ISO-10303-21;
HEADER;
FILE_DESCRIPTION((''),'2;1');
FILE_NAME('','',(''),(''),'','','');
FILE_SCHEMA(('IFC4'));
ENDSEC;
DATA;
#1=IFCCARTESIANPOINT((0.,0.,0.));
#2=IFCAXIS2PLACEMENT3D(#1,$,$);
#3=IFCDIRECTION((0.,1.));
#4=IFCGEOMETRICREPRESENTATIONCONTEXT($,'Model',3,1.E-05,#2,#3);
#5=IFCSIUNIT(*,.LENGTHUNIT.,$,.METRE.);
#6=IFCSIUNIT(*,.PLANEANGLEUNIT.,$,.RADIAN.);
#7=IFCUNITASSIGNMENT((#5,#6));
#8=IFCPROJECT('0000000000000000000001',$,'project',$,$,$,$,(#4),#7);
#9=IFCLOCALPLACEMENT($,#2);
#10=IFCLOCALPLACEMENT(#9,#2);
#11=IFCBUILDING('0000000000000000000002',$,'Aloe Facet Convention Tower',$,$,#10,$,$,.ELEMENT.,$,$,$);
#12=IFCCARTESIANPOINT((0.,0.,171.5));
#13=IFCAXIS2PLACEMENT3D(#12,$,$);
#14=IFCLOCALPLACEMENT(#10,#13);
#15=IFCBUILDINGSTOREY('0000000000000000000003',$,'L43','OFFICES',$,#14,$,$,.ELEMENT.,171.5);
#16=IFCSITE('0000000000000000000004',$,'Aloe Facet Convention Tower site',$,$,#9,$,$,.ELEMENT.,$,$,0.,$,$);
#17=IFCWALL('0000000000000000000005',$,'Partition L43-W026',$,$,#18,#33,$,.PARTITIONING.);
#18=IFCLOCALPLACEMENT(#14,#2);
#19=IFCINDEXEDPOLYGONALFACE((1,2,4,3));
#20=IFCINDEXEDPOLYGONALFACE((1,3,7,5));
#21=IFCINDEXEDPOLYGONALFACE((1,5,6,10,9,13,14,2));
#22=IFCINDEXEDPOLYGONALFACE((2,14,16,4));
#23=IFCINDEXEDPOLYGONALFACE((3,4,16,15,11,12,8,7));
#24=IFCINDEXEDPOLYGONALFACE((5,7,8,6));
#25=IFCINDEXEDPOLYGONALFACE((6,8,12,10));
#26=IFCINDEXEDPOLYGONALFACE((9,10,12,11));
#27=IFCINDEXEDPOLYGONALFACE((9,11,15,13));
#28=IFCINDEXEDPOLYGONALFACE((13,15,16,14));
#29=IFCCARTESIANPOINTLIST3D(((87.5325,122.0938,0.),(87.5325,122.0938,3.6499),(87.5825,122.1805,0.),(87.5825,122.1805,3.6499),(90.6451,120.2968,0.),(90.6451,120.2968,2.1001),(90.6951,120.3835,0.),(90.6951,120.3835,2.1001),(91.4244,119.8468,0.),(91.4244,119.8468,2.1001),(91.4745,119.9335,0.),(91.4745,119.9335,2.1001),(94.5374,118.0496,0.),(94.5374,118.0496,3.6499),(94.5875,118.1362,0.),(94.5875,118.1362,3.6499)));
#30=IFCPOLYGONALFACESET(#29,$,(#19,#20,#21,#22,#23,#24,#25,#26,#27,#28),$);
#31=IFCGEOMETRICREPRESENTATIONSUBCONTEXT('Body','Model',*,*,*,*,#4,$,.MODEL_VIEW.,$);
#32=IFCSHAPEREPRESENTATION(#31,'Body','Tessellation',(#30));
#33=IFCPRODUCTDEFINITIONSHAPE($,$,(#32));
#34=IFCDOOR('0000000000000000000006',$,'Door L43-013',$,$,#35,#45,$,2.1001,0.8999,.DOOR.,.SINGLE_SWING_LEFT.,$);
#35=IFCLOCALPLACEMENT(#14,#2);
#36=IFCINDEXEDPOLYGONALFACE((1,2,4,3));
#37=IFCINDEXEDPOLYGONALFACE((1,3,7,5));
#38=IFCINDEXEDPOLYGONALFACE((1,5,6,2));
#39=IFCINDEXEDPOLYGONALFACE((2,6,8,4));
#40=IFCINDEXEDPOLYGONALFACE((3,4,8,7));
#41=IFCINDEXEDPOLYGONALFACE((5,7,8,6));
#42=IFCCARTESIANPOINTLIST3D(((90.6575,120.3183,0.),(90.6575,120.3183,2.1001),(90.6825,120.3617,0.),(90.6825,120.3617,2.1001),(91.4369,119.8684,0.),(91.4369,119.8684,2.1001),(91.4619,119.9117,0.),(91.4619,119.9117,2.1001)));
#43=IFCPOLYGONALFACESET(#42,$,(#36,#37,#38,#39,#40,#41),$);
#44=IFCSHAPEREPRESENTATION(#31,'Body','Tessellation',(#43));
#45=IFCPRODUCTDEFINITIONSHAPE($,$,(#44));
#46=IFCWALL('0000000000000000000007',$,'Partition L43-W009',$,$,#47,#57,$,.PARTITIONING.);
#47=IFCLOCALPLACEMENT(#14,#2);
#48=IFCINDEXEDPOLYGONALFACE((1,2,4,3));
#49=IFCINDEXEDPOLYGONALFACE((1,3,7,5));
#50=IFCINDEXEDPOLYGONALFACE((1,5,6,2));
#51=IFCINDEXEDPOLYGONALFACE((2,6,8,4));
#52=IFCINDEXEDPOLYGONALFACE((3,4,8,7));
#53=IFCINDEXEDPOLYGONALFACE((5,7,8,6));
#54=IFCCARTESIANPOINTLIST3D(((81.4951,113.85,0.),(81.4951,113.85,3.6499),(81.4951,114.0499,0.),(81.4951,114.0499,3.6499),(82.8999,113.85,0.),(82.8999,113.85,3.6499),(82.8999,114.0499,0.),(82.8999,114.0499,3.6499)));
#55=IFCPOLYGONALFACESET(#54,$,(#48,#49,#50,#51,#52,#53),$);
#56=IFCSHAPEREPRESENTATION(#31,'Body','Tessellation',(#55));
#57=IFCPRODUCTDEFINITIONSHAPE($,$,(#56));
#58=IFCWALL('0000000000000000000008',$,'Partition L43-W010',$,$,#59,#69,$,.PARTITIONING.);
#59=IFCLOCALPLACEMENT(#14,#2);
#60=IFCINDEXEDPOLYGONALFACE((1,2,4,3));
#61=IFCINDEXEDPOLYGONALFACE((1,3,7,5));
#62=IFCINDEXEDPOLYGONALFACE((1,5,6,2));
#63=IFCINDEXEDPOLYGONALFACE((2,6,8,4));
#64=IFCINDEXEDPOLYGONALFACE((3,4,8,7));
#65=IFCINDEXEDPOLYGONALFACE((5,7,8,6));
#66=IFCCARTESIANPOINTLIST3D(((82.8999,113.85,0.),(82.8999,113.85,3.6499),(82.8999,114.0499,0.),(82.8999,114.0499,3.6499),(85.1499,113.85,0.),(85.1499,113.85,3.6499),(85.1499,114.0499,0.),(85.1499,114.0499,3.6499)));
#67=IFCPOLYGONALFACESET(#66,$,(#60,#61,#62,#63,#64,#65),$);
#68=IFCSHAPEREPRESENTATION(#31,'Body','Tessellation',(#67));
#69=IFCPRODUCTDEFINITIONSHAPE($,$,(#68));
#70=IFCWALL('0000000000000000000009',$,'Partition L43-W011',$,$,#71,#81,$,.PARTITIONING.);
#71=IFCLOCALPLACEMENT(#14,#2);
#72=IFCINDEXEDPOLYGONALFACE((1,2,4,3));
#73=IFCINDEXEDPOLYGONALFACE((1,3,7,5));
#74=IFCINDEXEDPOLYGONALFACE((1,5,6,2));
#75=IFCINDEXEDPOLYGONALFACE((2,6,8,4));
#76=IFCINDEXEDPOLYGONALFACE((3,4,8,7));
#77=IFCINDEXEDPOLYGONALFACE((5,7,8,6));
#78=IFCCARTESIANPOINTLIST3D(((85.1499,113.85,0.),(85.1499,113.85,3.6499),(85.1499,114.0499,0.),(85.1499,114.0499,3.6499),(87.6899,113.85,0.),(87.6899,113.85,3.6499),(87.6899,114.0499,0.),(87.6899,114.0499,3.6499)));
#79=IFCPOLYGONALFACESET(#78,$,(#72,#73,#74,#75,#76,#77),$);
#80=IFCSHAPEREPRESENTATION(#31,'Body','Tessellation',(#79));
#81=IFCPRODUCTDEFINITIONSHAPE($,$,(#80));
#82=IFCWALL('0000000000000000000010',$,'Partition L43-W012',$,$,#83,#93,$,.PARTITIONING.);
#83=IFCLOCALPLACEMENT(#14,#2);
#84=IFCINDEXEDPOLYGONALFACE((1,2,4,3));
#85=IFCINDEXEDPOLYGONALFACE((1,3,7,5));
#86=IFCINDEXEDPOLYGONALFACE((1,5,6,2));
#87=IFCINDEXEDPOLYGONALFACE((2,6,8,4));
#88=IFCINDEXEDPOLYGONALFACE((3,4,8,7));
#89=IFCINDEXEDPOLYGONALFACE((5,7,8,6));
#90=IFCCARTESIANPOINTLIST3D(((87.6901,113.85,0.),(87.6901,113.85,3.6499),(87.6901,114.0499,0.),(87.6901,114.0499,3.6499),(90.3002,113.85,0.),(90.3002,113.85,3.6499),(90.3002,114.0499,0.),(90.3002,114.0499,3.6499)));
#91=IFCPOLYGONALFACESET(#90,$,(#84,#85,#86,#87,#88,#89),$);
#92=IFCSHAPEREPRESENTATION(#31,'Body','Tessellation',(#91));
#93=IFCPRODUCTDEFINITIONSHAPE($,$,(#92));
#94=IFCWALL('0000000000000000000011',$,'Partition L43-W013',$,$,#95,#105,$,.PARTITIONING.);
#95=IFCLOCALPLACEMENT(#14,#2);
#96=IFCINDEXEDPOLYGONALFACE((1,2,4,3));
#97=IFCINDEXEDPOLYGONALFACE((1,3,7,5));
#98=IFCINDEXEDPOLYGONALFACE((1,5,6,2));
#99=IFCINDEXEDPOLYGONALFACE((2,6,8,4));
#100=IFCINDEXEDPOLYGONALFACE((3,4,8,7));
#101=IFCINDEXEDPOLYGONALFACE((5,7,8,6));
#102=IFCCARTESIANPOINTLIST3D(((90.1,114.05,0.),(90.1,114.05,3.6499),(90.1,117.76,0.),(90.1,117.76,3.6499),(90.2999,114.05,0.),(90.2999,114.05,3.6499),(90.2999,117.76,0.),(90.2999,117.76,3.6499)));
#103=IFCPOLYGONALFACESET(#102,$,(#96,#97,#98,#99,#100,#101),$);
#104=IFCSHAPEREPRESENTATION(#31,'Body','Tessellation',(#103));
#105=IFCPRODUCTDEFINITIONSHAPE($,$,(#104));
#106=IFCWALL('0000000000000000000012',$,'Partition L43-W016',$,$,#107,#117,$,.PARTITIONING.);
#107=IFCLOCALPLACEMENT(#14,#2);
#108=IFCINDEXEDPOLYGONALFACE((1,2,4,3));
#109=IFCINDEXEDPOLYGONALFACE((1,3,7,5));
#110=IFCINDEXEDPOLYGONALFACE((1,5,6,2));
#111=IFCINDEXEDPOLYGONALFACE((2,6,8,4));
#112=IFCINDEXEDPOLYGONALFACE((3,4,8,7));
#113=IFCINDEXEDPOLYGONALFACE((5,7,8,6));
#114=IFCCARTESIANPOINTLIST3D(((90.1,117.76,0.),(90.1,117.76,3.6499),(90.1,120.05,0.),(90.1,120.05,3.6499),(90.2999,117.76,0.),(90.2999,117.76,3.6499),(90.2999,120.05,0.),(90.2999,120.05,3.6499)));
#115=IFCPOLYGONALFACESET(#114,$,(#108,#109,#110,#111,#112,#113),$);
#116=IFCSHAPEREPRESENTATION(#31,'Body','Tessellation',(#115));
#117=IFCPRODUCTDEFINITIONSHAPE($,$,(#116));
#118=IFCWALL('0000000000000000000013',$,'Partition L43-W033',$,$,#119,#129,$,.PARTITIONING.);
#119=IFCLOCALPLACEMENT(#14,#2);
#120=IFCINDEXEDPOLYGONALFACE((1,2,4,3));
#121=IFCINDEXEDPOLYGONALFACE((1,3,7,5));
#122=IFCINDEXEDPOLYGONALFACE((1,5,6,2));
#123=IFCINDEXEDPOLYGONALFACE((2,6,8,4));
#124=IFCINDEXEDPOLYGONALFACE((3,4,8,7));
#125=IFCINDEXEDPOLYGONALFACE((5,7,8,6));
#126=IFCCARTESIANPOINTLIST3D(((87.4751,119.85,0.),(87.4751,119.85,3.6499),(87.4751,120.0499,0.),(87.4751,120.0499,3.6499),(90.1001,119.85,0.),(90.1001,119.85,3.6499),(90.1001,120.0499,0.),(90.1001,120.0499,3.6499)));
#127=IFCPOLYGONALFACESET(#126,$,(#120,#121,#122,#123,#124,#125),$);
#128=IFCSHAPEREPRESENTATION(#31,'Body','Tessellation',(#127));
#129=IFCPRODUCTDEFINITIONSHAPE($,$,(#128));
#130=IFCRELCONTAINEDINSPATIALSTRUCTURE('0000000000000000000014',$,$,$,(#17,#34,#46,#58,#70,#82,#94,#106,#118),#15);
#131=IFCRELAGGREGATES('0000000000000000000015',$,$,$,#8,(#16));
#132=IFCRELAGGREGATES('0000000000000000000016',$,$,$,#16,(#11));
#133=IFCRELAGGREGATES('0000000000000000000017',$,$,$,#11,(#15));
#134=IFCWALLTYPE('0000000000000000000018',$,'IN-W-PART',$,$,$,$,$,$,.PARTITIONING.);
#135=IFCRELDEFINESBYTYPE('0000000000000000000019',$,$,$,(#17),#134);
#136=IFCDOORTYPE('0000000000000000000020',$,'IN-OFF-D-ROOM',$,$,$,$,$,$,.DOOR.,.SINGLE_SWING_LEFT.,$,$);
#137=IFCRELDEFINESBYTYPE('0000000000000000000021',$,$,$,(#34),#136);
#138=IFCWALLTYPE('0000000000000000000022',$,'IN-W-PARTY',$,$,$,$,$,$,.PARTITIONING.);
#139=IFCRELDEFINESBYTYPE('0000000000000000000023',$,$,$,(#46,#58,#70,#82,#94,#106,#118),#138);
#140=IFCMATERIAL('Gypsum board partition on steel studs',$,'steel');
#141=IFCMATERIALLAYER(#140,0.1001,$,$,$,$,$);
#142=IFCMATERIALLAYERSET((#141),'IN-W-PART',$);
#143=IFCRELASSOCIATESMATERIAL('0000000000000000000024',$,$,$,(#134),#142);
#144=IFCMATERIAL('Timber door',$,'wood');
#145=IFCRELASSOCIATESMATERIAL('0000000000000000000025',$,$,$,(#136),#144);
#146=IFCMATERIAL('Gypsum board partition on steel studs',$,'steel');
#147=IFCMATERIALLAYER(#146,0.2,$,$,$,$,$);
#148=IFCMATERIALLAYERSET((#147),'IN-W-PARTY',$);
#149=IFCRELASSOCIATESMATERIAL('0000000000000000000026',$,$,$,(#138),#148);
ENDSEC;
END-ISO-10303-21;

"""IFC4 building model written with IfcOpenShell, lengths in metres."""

from ifc_helpers import new_model, si_unit, direction, frame, frame_2d, origin, place, context, subcontext, project, spatial, rectangle, extrude, material, layer, layer_set, type_object, element, fill, save


model = new_model("IFC4")

# Units and contexts
model_context = context("Model", 3, precision=1e-05, world=origin(), true_north=direction((0.0, 1.0)))
body_context = subcontext(model_context, "Body", "Model", "MODEL_VIEW")
ifc_project = project(units=[si_unit("LENGTHUNIT", "METRE"), si_unit("PLANEANGLEUNIT", "RADIAN")], contexts=[model_context])

# Site, building, storey
site_placement = place(None, origin())
site = spatial("IfcSite", under=ifc_project, at=site_placement, Name="Aloe Facet Convention Tower site", CompositionType="ELEMENT", RefElevation=0.0)
building_placement = place(site_placement, origin())
building = spatial("IfcBuilding", under=site, at=building_placement, Name="Aloe Facet Convention Tower", CompositionType="ELEMENT")
storey_placement = place(building_placement, frame((0.0, 0.0, 171.5)))
storey = spatial("IfcBuildingStorey", under=building, at=storey_placement, Name="L43", Description="OFFICES", CompositionType="ELEMENT", Elevation=171.5)

# Shared definitions
ifc_material_1 = material(Name="Gypsum board partition on steel studs", Category="steel")
ifc_layer_1 = layer(ifc_material_1, 0.1001)
ifc_layer_set_1 = layer_set([ifc_layer_1], Name="IN-W-PART")
wall_type_1 = type_object("IfcWallType", Name="IN-W-PART", PredefinedType="PARTITIONING", material=ifc_layer_set_1)

# Wall, opening, door
wall_1_placement = place(storey_placement, frame((87.5574, 122.1372, 0.0), z_axis=(0.0, 0.0, 1.0), x_axis=(0.86603, -0.499992, 0.0)))
wall_1 = element("IfcWall", 1, at=wall_1_placement, inside=storey, type_object=wall_type_1, Name="Partition L43-W026", PredefinedType="PARTITIONING", context=body_context, shape_type="SweptSolid", body=[
    extrude(rectangle(XDim=8.0886, YDim=0.1001, at=frame_2d((4.0444, 0.0))), origin(), (0.0, 0.0, 1.0), 3.6499),
])
opening_1_placement = place(wall_1_placement, frame((3.5942, 0.0, 0.0)))
opening_1 = element("IfcOpeningElement", 2, at=opening_1_placement, cuts=wall_1, PredefinedType="OPENING", context=body_context, shape_type="SweptSolid", body=[
    extrude(rectangle(XDim=0.8999, YDim=2.1001, at=frame_2d((0.45, 1.05))), frame((0.0, 0.0601, 0.0), z_axis=(0.0, -1.0, 0.0), x_axis=(1.0, 0.0, 0.0)), (0.0, 0.0, 1.0), 0.1201),
])
ifc_material_2 = material(Name="Timber door", Category="wood")
door_type_1 = type_object("IfcDoorType", Name="IN-OFF-D-ROOM", OperationType="SINGLE_SWING_LEFT", PredefinedType="DOOR", material=ifc_material_2)
door_1_placement = place(opening_1_placement, origin())
door_1 = element("IfcDoor", 3, at=door_1_placement, inside=storey, type_object=door_type_1, Name="Door L43-013", OperationType="SINGLE_SWING_LEFT", OverallHeight=2.1001, OverallWidth=0.8999, PredefinedType="DOOR", context=body_context, shape_type="SweptSolid", body=[
    extrude(rectangle(XDim=0.8999, YDim=2.1001, at=frame_2d((0.45, 1.05))), frame((0.0, 0.0249, 0.0), z_axis=(0.0, -1.0, 0.0), x_axis=(1.0, 0.0, 0.0)), (0.0, 0.0, 1.0), 0.05),
])
fill(opening_1, door_1)

# Walls
ifc_material_3 = material(Name="Gypsum board partition on steel studs", Category="steel")
ifc_layer_2 = layer(ifc_material_3, 0.2)
ifc_layer_set_2 = layer_set([ifc_layer_2], Name="IN-W-PARTY")
wall_type_2 = type_object("IfcWallType", Name="IN-W-PARTY", PredefinedType="PARTITIONING", material=ifc_layer_set_2)
wall_2_placement = place(storey_placement, frame((81.4951, 113.95, 0.0), z_axis=(0.0, 0.0, 1.0), x_axis=(1.0, 0.0, 0.0)))
element("IfcWall", 4, at=wall_2_placement, inside=storey, type_object=wall_type_2, Name="Partition L43-W009", PredefinedType="PARTITIONING", context=body_context, shape_type="SweptSolid", body=[
    extrude(rectangle(XDim=1.4048, YDim=0.2, at=frame_2d((0.7024, 0.0))), origin(), (0.0, 0.0, 1.0), 3.6499),
])
wall_3_placement = place(storey_placement, frame((82.8999, 113.95, 0.0), z_axis=(0.0, 0.0, 1.0), x_axis=(1.0, 0.0, 0.0)))
element("IfcWall", 5, at=wall_3_placement, inside=storey, type_object=wall_type_2, Name="Partition L43-W010", PredefinedType="PARTITIONING", context=body_context, shape_type="SweptSolid", body=[
    extrude(rectangle(XDim=2.25, YDim=0.2, at=frame_2d((1.125, 0.0))), origin(), (0.0, 0.0, 1.0), 3.6499),
])
wall_4_placement = place(storey_placement, frame((85.1499, 113.95, 0.0), z_axis=(0.0, 0.0, 1.0), x_axis=(1.0, 0.0, 0.0)))
element("IfcWall", 6, at=wall_4_placement, inside=storey, type_object=wall_type_2, Name="Partition L43-W011", PredefinedType="PARTITIONING", context=body_context, shape_type="SweptSolid", body=[
    extrude(rectangle(XDim=2.54, YDim=0.2, at=frame_2d((1.27, 0.0))), origin(), (0.0, 0.0, 1.0), 3.6499),
])
wall_5_placement = place(storey_placement, frame((87.6899, 113.95, 0.0), z_axis=(0.0, 0.0, 1.0), x_axis=(1.0, 0.0, 0.0)))
element("IfcWall", 7, at=wall_5_placement, inside=storey, type_object=wall_type_2, Name="Partition L43-W012", PredefinedType="PARTITIONING", context=body_context, shape_type="SweptSolid", body=[
    extrude(rectangle(XDim=2.6101, YDim=0.2, at=frame_2d((1.3052, 0.0))), origin(), (0.0, 0.0, 1.0), 3.6499),
])
wall_6_placement = place(storey_placement, frame((90.2, 114.05, 0.0), z_axis=(0.0, 0.0, 1.0), x_axis=(0.0, 1.0, 0.0)))
element("IfcWall", 8, at=wall_6_placement, inside=storey, type_object=wall_type_2, Name="Partition L43-W013", PredefinedType="PARTITIONING", context=body_context, shape_type="SweptSolid", body=[
    extrude(rectangle(XDim=3.71, YDim=0.2, at=frame_2d((1.855, 0.0))), origin(), (0.0, 0.0, 1.0), 3.6499),
])
wall_7_placement = place(storey_placement, frame((90.2, 117.76, 0.0), z_axis=(0.0, 0.0, 1.0), x_axis=(0.0, 1.0, 0.0)))
element("IfcWall", 9, at=wall_7_placement, inside=storey, type_object=wall_type_2, Name="Partition L43-W016", PredefinedType="PARTITIONING", context=body_context, shape_type="SweptSolid", body=[
    extrude(rectangle(XDim=2.29, YDim=0.2, at=frame_2d((1.145, 0.0))), origin(), (0.0, 0.0, 1.0), 3.6499),
])
wall_8_placement = place(storey_placement, frame((87.4751, 119.95, 0.0), z_axis=(0.0, 0.0, 1.0), x_axis=(1.0, 0.0, 0.0)))
element("IfcWall", 10, at=wall_8_placement, inside=storey, type_object=wall_type_2, Name="Partition L43-W033", PredefinedType="PARTITIONING", context=body_context, shape_type="SweptSolid", body=[
    extrude(rectangle(XDim=2.625, YDim=0.2, at=frame_2d((1.3125, 0.0))), origin(), (0.0, 0.0, 1.0), 3.6499),
])

save(model, "model.ifc")
